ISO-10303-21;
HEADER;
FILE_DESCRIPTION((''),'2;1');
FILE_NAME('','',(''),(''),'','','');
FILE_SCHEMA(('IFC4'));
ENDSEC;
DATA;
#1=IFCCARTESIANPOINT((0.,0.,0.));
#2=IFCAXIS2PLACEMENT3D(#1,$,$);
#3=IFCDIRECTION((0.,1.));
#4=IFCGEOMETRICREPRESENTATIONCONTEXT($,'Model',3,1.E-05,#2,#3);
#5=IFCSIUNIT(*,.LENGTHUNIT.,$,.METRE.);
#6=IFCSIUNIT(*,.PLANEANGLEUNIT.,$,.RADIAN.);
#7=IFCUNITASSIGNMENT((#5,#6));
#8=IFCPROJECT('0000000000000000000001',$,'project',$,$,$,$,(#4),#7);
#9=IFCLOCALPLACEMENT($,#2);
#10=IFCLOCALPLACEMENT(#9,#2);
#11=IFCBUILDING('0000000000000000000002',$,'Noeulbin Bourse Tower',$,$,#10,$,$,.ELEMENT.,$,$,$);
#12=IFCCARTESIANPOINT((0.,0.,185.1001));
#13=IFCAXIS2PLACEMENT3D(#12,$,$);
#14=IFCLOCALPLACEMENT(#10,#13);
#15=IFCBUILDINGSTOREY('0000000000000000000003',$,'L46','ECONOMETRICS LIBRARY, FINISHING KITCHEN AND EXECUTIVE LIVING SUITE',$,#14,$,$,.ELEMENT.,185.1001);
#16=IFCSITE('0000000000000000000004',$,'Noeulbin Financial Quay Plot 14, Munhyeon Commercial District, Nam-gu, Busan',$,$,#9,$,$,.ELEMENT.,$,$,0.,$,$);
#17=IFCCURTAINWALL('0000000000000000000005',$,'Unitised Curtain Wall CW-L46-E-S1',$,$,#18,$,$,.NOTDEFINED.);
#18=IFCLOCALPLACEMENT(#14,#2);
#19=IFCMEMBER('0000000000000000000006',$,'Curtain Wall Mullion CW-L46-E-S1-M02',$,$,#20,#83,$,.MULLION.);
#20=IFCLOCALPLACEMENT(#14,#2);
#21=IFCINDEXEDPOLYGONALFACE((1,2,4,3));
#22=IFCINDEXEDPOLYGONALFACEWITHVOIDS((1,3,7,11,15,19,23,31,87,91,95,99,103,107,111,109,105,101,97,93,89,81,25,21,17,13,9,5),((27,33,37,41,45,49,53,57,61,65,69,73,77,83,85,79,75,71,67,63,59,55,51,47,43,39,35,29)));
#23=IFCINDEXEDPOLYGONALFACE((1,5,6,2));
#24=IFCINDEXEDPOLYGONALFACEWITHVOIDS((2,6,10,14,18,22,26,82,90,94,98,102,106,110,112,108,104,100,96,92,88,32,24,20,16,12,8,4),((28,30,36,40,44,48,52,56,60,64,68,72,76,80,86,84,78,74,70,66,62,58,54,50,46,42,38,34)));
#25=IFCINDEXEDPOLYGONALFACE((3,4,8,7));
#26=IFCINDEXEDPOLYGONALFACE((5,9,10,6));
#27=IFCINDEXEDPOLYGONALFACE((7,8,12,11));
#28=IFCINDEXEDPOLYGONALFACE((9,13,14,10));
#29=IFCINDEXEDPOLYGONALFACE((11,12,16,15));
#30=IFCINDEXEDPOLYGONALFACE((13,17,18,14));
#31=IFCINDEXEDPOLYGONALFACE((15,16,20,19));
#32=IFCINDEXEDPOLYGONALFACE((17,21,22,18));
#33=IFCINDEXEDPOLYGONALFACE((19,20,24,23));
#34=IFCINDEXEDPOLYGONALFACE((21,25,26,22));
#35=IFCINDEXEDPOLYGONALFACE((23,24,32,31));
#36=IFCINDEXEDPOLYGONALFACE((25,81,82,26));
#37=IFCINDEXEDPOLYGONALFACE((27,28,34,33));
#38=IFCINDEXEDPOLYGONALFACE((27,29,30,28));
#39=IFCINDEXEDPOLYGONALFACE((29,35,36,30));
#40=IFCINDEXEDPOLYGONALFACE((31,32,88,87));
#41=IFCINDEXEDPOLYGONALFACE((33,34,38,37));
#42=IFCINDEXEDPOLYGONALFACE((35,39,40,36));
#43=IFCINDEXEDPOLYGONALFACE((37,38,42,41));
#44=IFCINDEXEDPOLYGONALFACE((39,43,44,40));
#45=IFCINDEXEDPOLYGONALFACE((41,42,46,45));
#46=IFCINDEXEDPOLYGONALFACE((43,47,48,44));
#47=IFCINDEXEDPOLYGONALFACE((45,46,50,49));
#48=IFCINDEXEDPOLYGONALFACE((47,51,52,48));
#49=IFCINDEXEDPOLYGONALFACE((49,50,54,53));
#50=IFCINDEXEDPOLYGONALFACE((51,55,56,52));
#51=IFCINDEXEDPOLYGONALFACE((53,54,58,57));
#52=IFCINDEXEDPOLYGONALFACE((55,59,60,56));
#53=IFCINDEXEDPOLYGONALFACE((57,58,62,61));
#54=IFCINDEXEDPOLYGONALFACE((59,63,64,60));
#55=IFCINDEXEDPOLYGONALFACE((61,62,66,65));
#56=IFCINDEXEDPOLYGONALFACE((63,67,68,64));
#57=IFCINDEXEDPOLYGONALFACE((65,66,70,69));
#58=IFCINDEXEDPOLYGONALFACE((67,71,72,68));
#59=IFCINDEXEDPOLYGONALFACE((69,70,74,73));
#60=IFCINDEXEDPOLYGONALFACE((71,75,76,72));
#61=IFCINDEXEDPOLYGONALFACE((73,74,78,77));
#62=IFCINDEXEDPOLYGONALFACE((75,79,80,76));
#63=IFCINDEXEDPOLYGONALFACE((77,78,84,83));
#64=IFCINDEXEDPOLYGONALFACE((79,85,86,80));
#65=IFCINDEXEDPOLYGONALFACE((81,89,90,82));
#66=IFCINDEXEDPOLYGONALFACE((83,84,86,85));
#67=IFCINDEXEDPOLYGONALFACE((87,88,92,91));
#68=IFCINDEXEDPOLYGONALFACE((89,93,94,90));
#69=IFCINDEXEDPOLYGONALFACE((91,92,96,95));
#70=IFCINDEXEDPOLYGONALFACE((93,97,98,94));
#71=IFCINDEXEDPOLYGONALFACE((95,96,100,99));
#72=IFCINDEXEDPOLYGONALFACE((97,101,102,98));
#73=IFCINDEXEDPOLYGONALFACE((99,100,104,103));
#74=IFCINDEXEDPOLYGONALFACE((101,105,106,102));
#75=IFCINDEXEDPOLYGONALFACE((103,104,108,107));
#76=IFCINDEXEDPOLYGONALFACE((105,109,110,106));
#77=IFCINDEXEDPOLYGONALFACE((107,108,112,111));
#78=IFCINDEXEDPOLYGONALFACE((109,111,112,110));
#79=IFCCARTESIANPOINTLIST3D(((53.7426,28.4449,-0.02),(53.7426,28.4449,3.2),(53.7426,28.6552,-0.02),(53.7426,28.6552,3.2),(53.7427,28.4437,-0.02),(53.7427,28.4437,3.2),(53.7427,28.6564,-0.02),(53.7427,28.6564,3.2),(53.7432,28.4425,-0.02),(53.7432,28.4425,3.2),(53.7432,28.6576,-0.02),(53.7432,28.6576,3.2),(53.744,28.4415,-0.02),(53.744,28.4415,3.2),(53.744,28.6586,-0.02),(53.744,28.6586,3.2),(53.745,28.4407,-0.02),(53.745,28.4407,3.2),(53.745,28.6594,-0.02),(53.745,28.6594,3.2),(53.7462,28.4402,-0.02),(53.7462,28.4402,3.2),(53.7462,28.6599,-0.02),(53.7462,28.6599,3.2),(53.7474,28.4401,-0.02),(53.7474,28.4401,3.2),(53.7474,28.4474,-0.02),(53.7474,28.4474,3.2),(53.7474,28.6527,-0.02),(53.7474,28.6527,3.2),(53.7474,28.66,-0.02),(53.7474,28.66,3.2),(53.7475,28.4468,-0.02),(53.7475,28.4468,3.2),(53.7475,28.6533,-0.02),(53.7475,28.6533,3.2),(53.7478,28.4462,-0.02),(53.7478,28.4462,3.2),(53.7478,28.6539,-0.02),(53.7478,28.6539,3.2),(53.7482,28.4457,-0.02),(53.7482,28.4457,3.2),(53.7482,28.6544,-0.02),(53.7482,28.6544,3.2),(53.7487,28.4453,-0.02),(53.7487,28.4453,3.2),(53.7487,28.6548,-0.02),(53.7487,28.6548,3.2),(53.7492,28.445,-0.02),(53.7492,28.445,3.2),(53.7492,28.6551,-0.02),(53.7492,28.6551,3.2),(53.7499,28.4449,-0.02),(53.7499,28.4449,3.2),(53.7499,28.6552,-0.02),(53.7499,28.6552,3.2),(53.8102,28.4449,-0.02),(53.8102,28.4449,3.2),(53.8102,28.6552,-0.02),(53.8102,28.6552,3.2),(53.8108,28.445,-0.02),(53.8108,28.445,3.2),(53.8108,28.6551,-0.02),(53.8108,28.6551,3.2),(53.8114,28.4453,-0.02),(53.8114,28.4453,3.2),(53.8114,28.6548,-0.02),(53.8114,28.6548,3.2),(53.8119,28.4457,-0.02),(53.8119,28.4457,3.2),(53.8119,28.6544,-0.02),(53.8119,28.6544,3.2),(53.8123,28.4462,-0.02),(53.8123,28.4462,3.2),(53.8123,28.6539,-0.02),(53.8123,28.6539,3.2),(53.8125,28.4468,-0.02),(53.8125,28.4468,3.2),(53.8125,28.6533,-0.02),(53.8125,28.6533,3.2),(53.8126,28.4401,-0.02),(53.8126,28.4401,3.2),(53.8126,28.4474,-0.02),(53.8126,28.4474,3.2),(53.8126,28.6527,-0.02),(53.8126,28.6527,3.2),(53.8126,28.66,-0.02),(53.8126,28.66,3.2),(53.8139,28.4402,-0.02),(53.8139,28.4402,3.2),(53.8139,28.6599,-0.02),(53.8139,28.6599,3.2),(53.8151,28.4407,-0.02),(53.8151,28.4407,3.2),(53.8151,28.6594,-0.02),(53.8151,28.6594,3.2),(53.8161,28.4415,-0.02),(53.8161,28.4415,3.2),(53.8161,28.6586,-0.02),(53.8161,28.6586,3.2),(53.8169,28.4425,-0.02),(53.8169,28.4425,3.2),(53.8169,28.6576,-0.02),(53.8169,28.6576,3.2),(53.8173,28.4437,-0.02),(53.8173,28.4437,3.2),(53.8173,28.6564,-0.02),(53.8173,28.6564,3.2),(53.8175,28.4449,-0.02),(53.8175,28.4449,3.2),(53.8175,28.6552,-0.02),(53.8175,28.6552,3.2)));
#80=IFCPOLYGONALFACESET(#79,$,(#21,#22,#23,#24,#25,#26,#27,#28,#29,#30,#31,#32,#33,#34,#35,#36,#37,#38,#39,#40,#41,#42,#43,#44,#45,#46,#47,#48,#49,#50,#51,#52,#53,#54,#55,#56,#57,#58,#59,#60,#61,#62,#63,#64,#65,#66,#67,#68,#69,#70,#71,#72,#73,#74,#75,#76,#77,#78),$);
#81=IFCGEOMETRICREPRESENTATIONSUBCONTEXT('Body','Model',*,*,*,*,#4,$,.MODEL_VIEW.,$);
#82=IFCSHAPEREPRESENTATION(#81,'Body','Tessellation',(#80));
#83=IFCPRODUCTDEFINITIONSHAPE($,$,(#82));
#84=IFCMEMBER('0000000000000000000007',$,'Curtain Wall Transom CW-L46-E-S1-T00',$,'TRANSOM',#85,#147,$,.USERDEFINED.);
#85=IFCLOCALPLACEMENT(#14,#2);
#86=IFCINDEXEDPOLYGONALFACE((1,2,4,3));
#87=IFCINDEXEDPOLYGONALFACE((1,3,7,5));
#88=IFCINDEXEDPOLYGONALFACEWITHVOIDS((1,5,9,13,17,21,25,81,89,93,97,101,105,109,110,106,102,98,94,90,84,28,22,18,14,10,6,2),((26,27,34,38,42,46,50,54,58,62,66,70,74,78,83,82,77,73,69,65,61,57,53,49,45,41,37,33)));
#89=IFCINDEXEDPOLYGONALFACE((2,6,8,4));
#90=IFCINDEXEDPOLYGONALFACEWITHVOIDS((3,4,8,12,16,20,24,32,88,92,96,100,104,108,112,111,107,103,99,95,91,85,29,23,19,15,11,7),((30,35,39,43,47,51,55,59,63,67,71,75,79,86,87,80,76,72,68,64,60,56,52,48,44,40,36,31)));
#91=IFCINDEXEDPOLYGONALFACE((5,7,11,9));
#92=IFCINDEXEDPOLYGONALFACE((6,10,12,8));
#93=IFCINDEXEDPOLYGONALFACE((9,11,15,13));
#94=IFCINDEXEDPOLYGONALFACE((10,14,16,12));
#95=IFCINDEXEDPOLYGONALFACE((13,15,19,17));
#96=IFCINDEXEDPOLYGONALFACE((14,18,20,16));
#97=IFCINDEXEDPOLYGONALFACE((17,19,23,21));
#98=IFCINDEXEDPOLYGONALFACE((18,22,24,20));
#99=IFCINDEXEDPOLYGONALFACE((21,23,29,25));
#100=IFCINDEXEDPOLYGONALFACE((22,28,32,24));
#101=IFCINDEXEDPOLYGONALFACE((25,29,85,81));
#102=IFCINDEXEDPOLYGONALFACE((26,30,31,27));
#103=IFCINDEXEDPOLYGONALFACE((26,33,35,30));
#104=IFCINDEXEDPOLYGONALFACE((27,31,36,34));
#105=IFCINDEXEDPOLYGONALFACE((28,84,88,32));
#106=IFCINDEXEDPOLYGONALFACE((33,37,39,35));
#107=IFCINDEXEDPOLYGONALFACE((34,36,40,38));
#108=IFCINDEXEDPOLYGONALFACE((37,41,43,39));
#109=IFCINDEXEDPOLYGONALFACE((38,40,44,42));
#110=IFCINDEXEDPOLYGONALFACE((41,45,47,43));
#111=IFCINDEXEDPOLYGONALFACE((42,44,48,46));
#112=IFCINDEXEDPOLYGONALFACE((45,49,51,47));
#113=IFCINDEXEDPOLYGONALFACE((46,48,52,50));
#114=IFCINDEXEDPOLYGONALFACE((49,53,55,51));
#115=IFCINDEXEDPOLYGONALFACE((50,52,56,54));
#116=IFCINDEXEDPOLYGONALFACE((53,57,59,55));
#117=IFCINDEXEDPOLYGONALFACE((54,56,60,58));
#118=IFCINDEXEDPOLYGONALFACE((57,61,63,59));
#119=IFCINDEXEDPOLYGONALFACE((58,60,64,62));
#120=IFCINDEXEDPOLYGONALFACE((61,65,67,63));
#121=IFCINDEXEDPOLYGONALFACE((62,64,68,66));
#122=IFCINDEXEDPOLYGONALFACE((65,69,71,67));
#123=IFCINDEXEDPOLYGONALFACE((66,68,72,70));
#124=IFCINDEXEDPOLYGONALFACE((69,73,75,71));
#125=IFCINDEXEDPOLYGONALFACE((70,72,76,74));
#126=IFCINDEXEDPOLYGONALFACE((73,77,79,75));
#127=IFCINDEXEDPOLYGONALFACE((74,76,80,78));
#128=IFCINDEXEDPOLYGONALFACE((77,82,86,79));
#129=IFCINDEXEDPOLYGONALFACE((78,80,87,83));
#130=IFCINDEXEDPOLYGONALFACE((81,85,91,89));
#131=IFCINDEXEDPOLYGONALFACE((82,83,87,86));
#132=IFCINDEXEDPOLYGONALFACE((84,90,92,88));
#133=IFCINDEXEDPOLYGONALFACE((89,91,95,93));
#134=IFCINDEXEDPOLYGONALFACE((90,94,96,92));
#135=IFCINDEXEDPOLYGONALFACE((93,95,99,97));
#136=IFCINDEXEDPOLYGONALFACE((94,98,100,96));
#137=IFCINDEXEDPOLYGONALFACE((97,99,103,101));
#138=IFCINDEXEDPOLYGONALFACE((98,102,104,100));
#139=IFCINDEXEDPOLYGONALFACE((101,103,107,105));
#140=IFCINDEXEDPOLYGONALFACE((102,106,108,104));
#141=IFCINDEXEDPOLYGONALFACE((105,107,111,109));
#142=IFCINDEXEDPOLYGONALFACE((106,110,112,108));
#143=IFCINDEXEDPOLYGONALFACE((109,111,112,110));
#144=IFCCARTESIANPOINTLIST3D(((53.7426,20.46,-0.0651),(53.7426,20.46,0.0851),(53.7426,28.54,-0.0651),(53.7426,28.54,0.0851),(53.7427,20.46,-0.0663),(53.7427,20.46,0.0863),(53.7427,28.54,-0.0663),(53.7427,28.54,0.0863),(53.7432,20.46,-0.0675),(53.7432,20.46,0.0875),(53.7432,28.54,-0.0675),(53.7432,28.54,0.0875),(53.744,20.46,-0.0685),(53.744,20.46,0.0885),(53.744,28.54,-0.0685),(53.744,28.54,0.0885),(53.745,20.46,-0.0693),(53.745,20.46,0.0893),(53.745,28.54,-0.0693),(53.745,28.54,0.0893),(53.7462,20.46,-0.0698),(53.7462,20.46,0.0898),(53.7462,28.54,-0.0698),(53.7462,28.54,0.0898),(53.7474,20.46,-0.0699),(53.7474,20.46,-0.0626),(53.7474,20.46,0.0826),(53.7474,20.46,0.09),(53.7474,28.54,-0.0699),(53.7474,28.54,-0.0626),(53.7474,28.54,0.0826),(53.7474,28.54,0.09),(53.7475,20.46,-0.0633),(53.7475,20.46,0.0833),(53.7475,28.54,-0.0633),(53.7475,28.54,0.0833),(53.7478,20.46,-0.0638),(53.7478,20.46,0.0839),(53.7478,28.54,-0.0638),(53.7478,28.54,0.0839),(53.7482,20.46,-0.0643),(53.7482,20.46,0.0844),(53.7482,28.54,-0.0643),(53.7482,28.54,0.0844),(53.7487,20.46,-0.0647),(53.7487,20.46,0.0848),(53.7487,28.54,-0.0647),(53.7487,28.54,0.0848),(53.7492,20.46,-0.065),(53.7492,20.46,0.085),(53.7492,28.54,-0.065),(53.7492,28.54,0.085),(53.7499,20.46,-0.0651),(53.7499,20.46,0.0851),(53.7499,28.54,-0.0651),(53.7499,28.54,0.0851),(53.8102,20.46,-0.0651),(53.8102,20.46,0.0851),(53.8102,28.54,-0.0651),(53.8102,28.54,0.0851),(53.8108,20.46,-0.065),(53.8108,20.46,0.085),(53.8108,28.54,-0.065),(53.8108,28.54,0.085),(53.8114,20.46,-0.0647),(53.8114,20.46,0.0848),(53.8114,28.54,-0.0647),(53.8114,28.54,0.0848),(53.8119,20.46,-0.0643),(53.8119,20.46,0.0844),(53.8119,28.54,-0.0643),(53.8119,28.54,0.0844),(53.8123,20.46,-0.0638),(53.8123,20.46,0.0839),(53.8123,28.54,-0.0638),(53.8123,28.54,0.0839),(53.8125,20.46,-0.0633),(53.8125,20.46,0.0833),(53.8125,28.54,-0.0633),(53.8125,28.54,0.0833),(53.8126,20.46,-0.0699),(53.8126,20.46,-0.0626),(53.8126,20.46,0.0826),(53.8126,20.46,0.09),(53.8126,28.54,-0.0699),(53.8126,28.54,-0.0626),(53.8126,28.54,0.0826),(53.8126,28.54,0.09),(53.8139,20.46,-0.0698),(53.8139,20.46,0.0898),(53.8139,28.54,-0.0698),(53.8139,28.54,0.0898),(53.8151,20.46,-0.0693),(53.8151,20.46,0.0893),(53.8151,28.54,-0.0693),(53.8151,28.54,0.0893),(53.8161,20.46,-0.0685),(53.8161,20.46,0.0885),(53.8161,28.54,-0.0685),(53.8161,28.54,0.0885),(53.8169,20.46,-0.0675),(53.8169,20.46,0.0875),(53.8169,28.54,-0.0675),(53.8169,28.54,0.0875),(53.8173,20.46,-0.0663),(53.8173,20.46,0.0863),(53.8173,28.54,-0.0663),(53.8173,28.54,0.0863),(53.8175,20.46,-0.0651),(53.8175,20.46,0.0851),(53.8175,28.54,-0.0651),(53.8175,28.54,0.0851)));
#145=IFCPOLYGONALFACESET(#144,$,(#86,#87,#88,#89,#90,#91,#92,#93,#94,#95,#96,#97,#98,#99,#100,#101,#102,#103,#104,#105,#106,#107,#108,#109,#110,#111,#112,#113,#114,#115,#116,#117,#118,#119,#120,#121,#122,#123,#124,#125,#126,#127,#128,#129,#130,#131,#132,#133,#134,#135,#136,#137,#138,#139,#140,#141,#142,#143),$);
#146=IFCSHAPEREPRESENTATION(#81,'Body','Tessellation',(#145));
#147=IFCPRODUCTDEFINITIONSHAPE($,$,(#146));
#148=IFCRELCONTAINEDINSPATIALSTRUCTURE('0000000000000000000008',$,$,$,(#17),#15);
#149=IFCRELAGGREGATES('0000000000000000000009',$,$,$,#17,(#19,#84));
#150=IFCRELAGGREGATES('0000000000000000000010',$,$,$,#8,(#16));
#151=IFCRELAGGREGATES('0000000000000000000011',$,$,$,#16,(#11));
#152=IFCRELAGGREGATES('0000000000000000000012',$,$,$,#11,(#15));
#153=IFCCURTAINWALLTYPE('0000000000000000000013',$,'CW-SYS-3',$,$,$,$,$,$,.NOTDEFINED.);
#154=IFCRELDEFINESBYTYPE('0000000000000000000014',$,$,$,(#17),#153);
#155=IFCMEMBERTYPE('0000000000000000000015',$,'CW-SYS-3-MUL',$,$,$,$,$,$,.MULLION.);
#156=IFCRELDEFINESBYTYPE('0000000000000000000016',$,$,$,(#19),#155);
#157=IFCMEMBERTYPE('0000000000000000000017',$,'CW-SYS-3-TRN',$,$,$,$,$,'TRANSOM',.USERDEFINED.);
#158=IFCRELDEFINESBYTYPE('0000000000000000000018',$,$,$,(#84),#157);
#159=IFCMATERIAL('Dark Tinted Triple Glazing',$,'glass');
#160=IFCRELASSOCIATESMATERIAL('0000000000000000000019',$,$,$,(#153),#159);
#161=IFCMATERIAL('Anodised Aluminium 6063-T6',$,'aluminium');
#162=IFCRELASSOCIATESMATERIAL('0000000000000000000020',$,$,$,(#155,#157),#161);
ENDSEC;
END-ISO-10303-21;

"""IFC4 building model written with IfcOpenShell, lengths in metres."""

from ifc_helpers import new_model, si_unit, direction, frame, origin, origin_2d, place, context, subcontext, project, spatial, hollow_rectangle, extrude, material, material_profile, profile_set, type_object, element, aggregate, save


model = new_model("IFC4")

# Units and contexts
model_context = context("Model", 3, precision=1e-05, world=origin(), true_north=direction((0.0, 1.0)))
body_context = subcontext(model_context, "Body", "Model", "MODEL_VIEW")
ifc_project = project(units=[si_unit("LENGTHUNIT", "METRE"), si_unit("PLANEANGLEUNIT", "RADIAN")], contexts=[model_context])

# Site, building, storey
site_placement = place(None, origin())
site = spatial("IfcSite", under=ifc_project, at=site_placement, Name="Noeulbin Financial Quay Plot 14, Munhyeon Commercial District, Nam-gu, Busan", CompositionType="ELEMENT", RefElevation=0.0)
building_placement = place(site_placement, origin())
building = spatial("IfcBuilding", under=site, at=building_placement, Name="Noeulbin Bourse Tower", CompositionType="ELEMENT")
storey_placement = place(building_placement, frame((0.0, 0.0, 185.1001)))
storey = spatial("IfcBuildingStorey", under=building, at=storey_placement, Name="L46", Description="ECONOMETRICS LIBRARY, FINISHING KITCHEN AND EXECUTIVE LIVING SUITE", CompositionType="ELEMENT", Elevation=185.1001)

# Curtain wall, members
ifc_material_1 = material(Name="Dark Tinted Triple Glazing", Category="glass")
curtain_wall_type = type_object("IfcCurtainWallType", Name="CW-SYS-3", PredefinedType="NOTDEFINED", material=ifc_material_1)
curtain_wall_placement = place(storey_placement, origin())
curtain_wall = element("IfcCurtainWall", 1, at=curtain_wall_placement, inside=storey, type_object=curtain_wall_type, Name="Unitised Curtain Wall CW-L46-E-S1", PredefinedType="NOTDEFINED")
ifc_material_2 = material(Name="Anodised Aluminium 6063-T6", Category="aluminium")
ifc_material_profile_1 = material_profile(ifc_material_2, hollow_rectangle(XDim=0.075, YDim=0.22, WallThickness=0.0049, InnerFilletRadius=0.0024, OuterFilletRadius=0.0049, at=origin_2d()), Name="ALU-MULL-75x220x5", Category="LoadBearing")
ifc_profile_set_1 = profile_set([ifc_material_profile_1], Name="Anodised Aluminium 6063-T6")
member_type_1 = type_object("IfcMemberType", Name="CW-SYS-3-MUL", PredefinedType="MULLION", material=ifc_profile_set_1)
member_1_placement = place(storey_placement, frame((53.78, 28.55, -0.02), z_axis=(0.0, 0.0, 1.0), x_axis=(1.0, 0.0, 0.0)))
member_1 = element("IfcMember", 2, at=member_1_placement, type_object=member_type_1, Name="Curtain Wall Mullion CW-L46-E-S1-M02", PredefinedType="MULLION", context=body_context, shape_type="SweptSolid", body=[
    extrude(hollow_rectangle(XDim=0.075, YDim=0.22, WallThickness=0.0049, InnerFilletRadius=0.0024, OuterFilletRadius=0.0049, at=origin_2d()), origin(), (0.0, 0.0, 1.0), 3.22),
])
ifc_material_profile_2 = material_profile(ifc_material_2, hollow_rectangle(XDim=0.075, YDim=0.1599, WallThickness=0.0049, InnerFilletRadius=0.0024, OuterFilletRadius=0.0049, at=origin_2d()), Name="ALU-TRAN-75x160x5", Category="LoadBearing")
ifc_profile_set_2 = profile_set([ifc_material_profile_2], Name="Anodised Aluminium 6063-T6")
member_type_2 = type_object("IfcMemberType", Name="CW-SYS-3-TRN", ElementType="TRANSOM", PredefinedType="USERDEFINED", material=ifc_profile_set_2)
member_2_placement = place(storey_placement, frame((53.78, 20.46, 0.01), z_axis=(0.0, 1.0, 0.0), x_axis=(-1.0, 0.0, 0.0)))
member_2 = element("IfcMember", 3, at=member_2_placement, type_object=member_type_2, Name="Curtain Wall Transom CW-L46-E-S1-T00", ObjectType="TRANSOM", PredefinedType="USERDEFINED", context=body_context, shape_type="SweptSolid", body=[
    extrude(hollow_rectangle(XDim=0.075, YDim=0.1599, WallThickness=0.0049, InnerFilletRadius=0.0024, OuterFilletRadius=0.0049, at=origin_2d()), origin(), (0.0, 0.0, 1.0), 8.0801),
])
aggregate(curtain_wall, [member_1, member_2])

save(model, "model.ifc")
